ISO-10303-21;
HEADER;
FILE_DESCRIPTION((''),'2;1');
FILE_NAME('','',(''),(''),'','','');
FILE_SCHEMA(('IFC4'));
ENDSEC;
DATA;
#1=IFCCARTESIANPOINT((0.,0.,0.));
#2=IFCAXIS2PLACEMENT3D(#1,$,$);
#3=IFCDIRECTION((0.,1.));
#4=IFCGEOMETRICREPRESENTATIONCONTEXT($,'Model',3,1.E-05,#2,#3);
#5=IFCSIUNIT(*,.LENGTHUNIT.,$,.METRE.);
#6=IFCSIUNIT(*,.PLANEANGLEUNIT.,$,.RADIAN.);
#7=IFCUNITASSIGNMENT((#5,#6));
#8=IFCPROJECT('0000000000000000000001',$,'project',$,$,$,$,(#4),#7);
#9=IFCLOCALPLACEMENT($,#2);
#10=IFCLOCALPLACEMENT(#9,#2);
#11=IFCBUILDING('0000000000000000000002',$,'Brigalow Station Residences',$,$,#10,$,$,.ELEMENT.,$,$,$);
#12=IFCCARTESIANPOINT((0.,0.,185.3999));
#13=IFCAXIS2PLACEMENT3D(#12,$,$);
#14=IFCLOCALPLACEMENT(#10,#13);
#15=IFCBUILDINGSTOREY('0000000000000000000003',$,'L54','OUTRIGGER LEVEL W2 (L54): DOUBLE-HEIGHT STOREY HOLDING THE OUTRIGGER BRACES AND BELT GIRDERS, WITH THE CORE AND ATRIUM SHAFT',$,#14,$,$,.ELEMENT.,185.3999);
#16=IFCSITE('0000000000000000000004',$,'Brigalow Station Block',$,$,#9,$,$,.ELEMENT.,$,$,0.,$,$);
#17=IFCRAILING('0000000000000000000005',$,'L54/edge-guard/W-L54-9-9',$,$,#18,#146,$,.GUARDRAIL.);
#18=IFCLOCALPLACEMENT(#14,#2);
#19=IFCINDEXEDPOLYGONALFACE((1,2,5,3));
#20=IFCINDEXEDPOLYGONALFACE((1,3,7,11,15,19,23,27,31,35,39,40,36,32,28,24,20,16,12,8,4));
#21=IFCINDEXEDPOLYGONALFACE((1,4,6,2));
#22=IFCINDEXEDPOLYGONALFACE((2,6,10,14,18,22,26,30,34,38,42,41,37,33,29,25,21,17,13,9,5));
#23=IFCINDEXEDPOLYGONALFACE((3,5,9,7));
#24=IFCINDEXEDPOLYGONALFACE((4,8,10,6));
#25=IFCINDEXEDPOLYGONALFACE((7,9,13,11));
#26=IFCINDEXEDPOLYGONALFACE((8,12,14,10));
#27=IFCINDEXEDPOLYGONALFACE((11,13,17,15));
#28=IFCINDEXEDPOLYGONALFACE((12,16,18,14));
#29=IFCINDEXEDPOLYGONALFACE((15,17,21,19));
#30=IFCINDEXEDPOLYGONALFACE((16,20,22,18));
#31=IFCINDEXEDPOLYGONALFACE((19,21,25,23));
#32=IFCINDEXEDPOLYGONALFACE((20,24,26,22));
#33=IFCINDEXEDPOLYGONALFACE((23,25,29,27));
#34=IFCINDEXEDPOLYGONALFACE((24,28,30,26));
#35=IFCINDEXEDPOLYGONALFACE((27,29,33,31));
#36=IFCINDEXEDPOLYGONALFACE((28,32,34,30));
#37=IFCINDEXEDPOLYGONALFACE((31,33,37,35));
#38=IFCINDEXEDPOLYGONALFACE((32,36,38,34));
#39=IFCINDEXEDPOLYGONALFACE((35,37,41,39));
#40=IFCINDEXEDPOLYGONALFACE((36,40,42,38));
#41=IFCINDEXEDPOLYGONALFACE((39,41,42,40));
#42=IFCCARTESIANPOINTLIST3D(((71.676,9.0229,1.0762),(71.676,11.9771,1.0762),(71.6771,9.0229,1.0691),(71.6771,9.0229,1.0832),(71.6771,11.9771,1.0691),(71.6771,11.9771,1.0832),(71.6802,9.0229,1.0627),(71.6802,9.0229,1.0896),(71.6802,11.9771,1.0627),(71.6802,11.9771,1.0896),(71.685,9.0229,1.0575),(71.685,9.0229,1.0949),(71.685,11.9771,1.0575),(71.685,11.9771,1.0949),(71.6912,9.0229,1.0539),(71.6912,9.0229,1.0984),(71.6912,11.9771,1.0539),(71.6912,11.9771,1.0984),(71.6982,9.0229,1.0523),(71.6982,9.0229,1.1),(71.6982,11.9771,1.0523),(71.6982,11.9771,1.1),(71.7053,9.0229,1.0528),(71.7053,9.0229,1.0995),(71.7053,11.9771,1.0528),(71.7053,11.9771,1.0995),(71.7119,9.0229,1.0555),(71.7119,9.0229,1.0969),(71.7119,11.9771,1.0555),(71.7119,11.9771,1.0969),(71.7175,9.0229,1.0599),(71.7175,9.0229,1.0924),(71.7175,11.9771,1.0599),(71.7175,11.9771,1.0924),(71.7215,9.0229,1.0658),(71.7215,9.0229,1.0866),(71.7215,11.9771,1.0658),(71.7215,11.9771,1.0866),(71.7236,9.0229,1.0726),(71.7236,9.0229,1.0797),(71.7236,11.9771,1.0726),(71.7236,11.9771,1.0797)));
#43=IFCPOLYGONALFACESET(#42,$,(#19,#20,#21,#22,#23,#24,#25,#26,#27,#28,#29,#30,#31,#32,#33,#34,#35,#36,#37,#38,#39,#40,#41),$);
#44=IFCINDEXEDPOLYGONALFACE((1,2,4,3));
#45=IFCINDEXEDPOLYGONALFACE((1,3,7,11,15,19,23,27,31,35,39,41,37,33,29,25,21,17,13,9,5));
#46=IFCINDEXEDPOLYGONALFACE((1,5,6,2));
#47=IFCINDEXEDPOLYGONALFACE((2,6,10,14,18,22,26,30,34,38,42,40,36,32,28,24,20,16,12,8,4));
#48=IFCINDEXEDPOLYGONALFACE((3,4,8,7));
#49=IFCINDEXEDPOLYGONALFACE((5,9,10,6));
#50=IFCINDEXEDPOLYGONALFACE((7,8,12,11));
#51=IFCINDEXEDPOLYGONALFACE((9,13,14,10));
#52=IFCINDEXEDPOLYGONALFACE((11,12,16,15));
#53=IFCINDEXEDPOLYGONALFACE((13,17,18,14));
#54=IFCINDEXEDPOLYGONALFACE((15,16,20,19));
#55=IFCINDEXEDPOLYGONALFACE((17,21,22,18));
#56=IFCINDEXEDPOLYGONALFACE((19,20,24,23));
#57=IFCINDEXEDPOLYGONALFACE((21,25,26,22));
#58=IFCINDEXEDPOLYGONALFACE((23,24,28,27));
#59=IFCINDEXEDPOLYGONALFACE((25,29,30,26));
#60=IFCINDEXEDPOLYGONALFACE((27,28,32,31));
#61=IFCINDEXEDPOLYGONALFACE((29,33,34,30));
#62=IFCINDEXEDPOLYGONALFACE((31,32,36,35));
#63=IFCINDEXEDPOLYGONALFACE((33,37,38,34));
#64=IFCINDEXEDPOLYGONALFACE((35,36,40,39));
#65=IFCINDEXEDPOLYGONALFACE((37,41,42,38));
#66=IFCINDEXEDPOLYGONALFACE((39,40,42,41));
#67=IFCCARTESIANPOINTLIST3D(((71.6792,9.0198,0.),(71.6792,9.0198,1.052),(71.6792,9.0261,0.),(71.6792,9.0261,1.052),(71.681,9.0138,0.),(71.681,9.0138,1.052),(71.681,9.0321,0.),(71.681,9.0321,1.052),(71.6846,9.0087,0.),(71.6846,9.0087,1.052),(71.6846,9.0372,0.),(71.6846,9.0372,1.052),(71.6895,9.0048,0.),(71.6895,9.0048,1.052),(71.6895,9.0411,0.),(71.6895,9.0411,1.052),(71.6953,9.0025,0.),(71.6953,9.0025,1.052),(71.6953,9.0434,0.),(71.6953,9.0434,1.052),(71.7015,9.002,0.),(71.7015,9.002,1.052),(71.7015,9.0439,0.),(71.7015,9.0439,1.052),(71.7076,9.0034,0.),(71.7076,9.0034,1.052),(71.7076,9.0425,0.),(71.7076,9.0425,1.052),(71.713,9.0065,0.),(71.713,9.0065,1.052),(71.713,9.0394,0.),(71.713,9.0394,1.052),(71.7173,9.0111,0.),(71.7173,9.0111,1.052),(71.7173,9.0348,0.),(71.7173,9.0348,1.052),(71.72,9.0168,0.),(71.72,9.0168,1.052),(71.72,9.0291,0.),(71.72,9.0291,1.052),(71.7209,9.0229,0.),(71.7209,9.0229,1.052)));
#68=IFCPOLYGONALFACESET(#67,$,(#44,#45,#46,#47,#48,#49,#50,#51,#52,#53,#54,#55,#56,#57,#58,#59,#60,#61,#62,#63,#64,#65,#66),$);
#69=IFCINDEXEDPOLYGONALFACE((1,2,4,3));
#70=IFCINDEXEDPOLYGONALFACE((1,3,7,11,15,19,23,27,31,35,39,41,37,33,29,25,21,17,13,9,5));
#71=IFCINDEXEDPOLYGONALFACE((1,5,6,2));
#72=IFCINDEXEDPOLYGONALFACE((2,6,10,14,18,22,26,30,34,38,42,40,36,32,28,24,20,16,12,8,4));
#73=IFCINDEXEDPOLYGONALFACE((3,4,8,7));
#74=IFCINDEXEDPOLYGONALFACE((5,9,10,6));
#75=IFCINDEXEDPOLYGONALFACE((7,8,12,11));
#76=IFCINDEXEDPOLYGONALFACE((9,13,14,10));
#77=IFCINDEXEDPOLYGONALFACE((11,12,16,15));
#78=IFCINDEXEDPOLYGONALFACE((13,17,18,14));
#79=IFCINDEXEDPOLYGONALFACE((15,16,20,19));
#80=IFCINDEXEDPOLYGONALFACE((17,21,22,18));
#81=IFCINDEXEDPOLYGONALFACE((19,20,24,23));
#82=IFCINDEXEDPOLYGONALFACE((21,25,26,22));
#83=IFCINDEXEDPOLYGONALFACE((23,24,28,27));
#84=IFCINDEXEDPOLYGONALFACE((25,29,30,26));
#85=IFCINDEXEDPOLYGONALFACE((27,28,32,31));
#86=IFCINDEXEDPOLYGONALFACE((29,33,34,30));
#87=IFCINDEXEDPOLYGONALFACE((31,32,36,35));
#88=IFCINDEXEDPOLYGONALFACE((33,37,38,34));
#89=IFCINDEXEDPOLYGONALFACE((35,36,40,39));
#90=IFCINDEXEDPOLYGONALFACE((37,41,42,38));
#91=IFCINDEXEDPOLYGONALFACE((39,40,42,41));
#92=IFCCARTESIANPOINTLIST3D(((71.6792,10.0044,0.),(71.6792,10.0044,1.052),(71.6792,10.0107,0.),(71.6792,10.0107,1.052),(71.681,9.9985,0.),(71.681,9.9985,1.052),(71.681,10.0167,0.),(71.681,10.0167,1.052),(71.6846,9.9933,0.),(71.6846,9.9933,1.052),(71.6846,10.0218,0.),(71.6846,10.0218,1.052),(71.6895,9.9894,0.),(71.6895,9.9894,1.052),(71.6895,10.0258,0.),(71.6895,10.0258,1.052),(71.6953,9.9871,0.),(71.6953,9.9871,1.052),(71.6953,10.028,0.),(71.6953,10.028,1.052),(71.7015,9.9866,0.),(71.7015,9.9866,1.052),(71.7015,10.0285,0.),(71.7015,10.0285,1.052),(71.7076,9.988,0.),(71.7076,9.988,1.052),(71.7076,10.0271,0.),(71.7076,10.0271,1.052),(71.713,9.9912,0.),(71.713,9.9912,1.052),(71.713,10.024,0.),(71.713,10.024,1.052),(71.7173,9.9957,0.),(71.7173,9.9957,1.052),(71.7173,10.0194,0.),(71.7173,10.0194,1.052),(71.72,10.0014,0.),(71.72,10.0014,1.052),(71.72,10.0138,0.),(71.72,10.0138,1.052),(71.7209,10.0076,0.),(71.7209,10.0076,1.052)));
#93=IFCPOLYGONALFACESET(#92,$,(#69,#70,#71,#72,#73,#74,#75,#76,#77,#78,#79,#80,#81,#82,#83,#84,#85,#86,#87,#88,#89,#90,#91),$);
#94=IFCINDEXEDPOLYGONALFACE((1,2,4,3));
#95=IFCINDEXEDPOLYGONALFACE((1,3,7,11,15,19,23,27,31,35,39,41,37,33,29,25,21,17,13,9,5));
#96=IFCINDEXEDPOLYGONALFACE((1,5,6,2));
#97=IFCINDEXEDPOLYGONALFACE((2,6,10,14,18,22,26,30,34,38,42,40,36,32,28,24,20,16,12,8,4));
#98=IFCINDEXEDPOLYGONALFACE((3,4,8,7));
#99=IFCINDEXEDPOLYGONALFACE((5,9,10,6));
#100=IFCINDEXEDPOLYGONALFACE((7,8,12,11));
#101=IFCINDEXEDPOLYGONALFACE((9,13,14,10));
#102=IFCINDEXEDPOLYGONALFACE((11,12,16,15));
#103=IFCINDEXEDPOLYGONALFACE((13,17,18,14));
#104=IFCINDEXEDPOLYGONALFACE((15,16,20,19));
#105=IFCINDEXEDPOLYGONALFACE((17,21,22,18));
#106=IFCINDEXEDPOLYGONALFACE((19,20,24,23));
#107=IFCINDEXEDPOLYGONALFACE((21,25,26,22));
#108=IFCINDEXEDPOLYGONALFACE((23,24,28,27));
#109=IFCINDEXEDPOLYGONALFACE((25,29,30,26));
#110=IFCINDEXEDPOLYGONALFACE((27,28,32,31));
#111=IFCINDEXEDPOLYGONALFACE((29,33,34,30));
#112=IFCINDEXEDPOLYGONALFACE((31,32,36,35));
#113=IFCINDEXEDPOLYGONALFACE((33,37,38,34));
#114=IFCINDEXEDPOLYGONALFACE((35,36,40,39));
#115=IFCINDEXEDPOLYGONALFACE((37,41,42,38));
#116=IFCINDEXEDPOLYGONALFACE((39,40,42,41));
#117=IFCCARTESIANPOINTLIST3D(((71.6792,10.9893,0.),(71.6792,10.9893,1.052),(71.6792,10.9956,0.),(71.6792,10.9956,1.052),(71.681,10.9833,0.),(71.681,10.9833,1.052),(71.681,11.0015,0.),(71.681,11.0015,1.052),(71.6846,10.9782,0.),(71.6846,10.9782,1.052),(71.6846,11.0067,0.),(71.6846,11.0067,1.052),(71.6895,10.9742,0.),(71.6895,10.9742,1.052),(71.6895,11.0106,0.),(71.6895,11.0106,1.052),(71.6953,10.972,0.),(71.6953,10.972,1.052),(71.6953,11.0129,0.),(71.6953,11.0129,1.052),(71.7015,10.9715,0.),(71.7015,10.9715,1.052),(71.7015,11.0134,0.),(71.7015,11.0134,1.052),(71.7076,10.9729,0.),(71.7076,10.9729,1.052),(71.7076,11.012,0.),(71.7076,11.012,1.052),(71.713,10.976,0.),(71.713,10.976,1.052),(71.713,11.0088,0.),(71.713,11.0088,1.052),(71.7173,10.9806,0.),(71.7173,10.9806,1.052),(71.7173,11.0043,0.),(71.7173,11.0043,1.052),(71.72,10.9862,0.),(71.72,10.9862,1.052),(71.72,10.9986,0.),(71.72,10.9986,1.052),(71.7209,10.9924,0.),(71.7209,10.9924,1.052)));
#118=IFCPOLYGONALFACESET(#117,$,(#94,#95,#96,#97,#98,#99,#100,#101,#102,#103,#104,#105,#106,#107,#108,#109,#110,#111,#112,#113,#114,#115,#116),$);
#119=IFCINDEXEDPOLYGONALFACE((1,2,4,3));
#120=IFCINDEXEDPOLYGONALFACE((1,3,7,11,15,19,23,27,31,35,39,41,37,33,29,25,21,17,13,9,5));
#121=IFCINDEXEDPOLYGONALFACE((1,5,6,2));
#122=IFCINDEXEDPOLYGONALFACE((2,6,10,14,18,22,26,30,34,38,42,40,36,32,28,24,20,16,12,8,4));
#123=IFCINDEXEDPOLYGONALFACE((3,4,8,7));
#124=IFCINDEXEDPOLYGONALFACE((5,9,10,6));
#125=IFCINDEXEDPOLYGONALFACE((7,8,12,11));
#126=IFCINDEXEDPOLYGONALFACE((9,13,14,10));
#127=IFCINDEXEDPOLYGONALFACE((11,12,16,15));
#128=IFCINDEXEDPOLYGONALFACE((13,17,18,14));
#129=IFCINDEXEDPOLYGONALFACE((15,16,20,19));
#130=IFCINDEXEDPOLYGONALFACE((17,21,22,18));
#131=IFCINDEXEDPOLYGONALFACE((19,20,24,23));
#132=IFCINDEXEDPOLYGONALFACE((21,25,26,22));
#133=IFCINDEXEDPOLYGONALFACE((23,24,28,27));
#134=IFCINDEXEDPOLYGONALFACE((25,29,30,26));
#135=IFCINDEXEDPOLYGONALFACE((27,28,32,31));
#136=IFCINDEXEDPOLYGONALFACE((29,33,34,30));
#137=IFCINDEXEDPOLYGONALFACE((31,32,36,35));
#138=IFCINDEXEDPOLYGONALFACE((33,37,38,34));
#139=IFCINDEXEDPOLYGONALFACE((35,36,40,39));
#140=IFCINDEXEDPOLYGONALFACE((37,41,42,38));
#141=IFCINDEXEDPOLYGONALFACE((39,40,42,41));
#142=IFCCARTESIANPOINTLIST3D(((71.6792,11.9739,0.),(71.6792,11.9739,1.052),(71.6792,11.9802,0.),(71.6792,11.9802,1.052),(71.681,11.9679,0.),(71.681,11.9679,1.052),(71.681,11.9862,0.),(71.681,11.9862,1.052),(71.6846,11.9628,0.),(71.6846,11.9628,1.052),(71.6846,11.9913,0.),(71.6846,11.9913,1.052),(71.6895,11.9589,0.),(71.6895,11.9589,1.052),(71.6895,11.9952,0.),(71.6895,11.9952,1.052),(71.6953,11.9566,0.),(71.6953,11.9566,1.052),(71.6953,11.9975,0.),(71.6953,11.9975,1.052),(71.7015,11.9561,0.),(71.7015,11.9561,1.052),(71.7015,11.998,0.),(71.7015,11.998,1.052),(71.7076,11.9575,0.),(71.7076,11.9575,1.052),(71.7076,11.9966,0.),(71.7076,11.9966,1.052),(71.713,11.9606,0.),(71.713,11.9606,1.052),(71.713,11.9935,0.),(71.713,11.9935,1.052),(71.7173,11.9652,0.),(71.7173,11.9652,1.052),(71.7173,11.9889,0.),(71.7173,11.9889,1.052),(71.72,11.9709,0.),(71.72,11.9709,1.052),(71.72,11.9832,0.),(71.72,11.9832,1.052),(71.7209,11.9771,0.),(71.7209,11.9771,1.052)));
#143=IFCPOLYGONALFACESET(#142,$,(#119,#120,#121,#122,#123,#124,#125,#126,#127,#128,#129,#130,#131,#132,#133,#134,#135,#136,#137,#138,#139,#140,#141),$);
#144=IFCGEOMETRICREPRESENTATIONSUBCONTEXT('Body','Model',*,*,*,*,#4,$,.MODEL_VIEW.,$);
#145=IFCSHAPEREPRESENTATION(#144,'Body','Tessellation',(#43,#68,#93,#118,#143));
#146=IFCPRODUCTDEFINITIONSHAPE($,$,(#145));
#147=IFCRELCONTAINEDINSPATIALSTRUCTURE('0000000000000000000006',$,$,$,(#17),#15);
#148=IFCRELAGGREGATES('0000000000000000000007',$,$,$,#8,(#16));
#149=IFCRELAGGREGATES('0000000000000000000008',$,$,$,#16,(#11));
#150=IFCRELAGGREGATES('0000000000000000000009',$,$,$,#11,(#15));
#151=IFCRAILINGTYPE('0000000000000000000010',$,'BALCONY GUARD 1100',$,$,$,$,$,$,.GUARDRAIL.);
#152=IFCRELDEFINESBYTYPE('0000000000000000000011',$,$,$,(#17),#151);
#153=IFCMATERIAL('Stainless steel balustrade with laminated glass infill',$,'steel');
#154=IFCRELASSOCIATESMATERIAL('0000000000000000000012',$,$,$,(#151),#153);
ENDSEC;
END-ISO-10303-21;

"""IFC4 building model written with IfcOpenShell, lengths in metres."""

from ifc_helpers import new_model, si_unit, direction, frame, origin, origin_2d, place, context, subcontext, project, spatial, circle, extrude, material, type_object, element, save


model = new_model("IFC4")

# Units and contexts
model_context = context("Model", 3, precision=1e-05, world=origin(), true_north=direction((0.0, 1.0)))
body_context = subcontext(model_context, "Body", "Model", "MODEL_VIEW")
ifc_project = project(units=[si_unit("LENGTHUNIT", "METRE"), si_unit("PLANEANGLEUNIT", "RADIAN")], contexts=[model_context])

# Site, building, storey
site_placement = place(None, origin())
site = spatial("IfcSite", under=ifc_project, at=site_placement, Name="Brigalow Station Block", CompositionType="ELEMENT", RefElevation=0.0)
building_placement = place(site_placement, origin())
building = spatial("IfcBuilding", under=site, at=building_placement, Name="Brigalow Station Residences", CompositionType="ELEMENT")
storey_placement = place(building_placement, frame((0.0, 0.0, 185.3999)))
storey = spatial("IfcBuildingStorey", under=building, at=storey_placement, Name="L54", Description="OUTRIGGER LEVEL W2 (L54): DOUBLE-HEIGHT STOREY HOLDING THE OUTRIGGER BRACES AND BELT GIRDERS, WITH THE CORE AND ATRIUM SHAFT", CompositionType="ELEMENT", Elevation=185.3999)

# Railing
ifc_material_1 = material(Name="Stainless steel balustrade with laminated glass infill", Category="steel")
railing_type = type_object("IfcRailingType", Name="BALCONY GUARD 1100", PredefinedType="GUARDRAIL", material=ifc_material_1)
railing_1_placement = place(storey_placement, frame((71.7, 9.0229, 0.0)))
element("IfcRailing", 1, at=railing_1_placement, inside=storey, type_object=railing_type, Name="L54/edge-guard/W-L54-9-9", PredefinedType="GUARDRAIL", context=body_context, shape_type="SweptSolid", body=[
    extrude(circle(Radius=0.0239, at=origin_2d()), frame((0.0, 0.0, 1.0762), z_axis=(0.0, 1.0, 0.0), x_axis=(-1.0, 0.0, 0.0)), (0.0, 0.0, 1.0), 2.9541),
    extrude(circle(Radius=0.021, at=origin_2d()), origin(), (0.0, 0.0, 1.0), 1.052),
    extrude(circle(Radius=0.021, at=origin_2d()), frame((0.0, 0.9846, 0.0)), (0.0, 0.0, 1.0), 1.052),
    extrude(circle(Radius=0.021, at=origin_2d()), frame((0.0, 1.9695, 0.0)), (0.0, 0.0, 1.0), 1.052),
    extrude(circle(Radius=0.021, at=origin_2d()), frame((0.0, 2.9541, 0.0)), (0.0, 0.0, 1.0), 1.052),
])

save(model, "model.ifc")
